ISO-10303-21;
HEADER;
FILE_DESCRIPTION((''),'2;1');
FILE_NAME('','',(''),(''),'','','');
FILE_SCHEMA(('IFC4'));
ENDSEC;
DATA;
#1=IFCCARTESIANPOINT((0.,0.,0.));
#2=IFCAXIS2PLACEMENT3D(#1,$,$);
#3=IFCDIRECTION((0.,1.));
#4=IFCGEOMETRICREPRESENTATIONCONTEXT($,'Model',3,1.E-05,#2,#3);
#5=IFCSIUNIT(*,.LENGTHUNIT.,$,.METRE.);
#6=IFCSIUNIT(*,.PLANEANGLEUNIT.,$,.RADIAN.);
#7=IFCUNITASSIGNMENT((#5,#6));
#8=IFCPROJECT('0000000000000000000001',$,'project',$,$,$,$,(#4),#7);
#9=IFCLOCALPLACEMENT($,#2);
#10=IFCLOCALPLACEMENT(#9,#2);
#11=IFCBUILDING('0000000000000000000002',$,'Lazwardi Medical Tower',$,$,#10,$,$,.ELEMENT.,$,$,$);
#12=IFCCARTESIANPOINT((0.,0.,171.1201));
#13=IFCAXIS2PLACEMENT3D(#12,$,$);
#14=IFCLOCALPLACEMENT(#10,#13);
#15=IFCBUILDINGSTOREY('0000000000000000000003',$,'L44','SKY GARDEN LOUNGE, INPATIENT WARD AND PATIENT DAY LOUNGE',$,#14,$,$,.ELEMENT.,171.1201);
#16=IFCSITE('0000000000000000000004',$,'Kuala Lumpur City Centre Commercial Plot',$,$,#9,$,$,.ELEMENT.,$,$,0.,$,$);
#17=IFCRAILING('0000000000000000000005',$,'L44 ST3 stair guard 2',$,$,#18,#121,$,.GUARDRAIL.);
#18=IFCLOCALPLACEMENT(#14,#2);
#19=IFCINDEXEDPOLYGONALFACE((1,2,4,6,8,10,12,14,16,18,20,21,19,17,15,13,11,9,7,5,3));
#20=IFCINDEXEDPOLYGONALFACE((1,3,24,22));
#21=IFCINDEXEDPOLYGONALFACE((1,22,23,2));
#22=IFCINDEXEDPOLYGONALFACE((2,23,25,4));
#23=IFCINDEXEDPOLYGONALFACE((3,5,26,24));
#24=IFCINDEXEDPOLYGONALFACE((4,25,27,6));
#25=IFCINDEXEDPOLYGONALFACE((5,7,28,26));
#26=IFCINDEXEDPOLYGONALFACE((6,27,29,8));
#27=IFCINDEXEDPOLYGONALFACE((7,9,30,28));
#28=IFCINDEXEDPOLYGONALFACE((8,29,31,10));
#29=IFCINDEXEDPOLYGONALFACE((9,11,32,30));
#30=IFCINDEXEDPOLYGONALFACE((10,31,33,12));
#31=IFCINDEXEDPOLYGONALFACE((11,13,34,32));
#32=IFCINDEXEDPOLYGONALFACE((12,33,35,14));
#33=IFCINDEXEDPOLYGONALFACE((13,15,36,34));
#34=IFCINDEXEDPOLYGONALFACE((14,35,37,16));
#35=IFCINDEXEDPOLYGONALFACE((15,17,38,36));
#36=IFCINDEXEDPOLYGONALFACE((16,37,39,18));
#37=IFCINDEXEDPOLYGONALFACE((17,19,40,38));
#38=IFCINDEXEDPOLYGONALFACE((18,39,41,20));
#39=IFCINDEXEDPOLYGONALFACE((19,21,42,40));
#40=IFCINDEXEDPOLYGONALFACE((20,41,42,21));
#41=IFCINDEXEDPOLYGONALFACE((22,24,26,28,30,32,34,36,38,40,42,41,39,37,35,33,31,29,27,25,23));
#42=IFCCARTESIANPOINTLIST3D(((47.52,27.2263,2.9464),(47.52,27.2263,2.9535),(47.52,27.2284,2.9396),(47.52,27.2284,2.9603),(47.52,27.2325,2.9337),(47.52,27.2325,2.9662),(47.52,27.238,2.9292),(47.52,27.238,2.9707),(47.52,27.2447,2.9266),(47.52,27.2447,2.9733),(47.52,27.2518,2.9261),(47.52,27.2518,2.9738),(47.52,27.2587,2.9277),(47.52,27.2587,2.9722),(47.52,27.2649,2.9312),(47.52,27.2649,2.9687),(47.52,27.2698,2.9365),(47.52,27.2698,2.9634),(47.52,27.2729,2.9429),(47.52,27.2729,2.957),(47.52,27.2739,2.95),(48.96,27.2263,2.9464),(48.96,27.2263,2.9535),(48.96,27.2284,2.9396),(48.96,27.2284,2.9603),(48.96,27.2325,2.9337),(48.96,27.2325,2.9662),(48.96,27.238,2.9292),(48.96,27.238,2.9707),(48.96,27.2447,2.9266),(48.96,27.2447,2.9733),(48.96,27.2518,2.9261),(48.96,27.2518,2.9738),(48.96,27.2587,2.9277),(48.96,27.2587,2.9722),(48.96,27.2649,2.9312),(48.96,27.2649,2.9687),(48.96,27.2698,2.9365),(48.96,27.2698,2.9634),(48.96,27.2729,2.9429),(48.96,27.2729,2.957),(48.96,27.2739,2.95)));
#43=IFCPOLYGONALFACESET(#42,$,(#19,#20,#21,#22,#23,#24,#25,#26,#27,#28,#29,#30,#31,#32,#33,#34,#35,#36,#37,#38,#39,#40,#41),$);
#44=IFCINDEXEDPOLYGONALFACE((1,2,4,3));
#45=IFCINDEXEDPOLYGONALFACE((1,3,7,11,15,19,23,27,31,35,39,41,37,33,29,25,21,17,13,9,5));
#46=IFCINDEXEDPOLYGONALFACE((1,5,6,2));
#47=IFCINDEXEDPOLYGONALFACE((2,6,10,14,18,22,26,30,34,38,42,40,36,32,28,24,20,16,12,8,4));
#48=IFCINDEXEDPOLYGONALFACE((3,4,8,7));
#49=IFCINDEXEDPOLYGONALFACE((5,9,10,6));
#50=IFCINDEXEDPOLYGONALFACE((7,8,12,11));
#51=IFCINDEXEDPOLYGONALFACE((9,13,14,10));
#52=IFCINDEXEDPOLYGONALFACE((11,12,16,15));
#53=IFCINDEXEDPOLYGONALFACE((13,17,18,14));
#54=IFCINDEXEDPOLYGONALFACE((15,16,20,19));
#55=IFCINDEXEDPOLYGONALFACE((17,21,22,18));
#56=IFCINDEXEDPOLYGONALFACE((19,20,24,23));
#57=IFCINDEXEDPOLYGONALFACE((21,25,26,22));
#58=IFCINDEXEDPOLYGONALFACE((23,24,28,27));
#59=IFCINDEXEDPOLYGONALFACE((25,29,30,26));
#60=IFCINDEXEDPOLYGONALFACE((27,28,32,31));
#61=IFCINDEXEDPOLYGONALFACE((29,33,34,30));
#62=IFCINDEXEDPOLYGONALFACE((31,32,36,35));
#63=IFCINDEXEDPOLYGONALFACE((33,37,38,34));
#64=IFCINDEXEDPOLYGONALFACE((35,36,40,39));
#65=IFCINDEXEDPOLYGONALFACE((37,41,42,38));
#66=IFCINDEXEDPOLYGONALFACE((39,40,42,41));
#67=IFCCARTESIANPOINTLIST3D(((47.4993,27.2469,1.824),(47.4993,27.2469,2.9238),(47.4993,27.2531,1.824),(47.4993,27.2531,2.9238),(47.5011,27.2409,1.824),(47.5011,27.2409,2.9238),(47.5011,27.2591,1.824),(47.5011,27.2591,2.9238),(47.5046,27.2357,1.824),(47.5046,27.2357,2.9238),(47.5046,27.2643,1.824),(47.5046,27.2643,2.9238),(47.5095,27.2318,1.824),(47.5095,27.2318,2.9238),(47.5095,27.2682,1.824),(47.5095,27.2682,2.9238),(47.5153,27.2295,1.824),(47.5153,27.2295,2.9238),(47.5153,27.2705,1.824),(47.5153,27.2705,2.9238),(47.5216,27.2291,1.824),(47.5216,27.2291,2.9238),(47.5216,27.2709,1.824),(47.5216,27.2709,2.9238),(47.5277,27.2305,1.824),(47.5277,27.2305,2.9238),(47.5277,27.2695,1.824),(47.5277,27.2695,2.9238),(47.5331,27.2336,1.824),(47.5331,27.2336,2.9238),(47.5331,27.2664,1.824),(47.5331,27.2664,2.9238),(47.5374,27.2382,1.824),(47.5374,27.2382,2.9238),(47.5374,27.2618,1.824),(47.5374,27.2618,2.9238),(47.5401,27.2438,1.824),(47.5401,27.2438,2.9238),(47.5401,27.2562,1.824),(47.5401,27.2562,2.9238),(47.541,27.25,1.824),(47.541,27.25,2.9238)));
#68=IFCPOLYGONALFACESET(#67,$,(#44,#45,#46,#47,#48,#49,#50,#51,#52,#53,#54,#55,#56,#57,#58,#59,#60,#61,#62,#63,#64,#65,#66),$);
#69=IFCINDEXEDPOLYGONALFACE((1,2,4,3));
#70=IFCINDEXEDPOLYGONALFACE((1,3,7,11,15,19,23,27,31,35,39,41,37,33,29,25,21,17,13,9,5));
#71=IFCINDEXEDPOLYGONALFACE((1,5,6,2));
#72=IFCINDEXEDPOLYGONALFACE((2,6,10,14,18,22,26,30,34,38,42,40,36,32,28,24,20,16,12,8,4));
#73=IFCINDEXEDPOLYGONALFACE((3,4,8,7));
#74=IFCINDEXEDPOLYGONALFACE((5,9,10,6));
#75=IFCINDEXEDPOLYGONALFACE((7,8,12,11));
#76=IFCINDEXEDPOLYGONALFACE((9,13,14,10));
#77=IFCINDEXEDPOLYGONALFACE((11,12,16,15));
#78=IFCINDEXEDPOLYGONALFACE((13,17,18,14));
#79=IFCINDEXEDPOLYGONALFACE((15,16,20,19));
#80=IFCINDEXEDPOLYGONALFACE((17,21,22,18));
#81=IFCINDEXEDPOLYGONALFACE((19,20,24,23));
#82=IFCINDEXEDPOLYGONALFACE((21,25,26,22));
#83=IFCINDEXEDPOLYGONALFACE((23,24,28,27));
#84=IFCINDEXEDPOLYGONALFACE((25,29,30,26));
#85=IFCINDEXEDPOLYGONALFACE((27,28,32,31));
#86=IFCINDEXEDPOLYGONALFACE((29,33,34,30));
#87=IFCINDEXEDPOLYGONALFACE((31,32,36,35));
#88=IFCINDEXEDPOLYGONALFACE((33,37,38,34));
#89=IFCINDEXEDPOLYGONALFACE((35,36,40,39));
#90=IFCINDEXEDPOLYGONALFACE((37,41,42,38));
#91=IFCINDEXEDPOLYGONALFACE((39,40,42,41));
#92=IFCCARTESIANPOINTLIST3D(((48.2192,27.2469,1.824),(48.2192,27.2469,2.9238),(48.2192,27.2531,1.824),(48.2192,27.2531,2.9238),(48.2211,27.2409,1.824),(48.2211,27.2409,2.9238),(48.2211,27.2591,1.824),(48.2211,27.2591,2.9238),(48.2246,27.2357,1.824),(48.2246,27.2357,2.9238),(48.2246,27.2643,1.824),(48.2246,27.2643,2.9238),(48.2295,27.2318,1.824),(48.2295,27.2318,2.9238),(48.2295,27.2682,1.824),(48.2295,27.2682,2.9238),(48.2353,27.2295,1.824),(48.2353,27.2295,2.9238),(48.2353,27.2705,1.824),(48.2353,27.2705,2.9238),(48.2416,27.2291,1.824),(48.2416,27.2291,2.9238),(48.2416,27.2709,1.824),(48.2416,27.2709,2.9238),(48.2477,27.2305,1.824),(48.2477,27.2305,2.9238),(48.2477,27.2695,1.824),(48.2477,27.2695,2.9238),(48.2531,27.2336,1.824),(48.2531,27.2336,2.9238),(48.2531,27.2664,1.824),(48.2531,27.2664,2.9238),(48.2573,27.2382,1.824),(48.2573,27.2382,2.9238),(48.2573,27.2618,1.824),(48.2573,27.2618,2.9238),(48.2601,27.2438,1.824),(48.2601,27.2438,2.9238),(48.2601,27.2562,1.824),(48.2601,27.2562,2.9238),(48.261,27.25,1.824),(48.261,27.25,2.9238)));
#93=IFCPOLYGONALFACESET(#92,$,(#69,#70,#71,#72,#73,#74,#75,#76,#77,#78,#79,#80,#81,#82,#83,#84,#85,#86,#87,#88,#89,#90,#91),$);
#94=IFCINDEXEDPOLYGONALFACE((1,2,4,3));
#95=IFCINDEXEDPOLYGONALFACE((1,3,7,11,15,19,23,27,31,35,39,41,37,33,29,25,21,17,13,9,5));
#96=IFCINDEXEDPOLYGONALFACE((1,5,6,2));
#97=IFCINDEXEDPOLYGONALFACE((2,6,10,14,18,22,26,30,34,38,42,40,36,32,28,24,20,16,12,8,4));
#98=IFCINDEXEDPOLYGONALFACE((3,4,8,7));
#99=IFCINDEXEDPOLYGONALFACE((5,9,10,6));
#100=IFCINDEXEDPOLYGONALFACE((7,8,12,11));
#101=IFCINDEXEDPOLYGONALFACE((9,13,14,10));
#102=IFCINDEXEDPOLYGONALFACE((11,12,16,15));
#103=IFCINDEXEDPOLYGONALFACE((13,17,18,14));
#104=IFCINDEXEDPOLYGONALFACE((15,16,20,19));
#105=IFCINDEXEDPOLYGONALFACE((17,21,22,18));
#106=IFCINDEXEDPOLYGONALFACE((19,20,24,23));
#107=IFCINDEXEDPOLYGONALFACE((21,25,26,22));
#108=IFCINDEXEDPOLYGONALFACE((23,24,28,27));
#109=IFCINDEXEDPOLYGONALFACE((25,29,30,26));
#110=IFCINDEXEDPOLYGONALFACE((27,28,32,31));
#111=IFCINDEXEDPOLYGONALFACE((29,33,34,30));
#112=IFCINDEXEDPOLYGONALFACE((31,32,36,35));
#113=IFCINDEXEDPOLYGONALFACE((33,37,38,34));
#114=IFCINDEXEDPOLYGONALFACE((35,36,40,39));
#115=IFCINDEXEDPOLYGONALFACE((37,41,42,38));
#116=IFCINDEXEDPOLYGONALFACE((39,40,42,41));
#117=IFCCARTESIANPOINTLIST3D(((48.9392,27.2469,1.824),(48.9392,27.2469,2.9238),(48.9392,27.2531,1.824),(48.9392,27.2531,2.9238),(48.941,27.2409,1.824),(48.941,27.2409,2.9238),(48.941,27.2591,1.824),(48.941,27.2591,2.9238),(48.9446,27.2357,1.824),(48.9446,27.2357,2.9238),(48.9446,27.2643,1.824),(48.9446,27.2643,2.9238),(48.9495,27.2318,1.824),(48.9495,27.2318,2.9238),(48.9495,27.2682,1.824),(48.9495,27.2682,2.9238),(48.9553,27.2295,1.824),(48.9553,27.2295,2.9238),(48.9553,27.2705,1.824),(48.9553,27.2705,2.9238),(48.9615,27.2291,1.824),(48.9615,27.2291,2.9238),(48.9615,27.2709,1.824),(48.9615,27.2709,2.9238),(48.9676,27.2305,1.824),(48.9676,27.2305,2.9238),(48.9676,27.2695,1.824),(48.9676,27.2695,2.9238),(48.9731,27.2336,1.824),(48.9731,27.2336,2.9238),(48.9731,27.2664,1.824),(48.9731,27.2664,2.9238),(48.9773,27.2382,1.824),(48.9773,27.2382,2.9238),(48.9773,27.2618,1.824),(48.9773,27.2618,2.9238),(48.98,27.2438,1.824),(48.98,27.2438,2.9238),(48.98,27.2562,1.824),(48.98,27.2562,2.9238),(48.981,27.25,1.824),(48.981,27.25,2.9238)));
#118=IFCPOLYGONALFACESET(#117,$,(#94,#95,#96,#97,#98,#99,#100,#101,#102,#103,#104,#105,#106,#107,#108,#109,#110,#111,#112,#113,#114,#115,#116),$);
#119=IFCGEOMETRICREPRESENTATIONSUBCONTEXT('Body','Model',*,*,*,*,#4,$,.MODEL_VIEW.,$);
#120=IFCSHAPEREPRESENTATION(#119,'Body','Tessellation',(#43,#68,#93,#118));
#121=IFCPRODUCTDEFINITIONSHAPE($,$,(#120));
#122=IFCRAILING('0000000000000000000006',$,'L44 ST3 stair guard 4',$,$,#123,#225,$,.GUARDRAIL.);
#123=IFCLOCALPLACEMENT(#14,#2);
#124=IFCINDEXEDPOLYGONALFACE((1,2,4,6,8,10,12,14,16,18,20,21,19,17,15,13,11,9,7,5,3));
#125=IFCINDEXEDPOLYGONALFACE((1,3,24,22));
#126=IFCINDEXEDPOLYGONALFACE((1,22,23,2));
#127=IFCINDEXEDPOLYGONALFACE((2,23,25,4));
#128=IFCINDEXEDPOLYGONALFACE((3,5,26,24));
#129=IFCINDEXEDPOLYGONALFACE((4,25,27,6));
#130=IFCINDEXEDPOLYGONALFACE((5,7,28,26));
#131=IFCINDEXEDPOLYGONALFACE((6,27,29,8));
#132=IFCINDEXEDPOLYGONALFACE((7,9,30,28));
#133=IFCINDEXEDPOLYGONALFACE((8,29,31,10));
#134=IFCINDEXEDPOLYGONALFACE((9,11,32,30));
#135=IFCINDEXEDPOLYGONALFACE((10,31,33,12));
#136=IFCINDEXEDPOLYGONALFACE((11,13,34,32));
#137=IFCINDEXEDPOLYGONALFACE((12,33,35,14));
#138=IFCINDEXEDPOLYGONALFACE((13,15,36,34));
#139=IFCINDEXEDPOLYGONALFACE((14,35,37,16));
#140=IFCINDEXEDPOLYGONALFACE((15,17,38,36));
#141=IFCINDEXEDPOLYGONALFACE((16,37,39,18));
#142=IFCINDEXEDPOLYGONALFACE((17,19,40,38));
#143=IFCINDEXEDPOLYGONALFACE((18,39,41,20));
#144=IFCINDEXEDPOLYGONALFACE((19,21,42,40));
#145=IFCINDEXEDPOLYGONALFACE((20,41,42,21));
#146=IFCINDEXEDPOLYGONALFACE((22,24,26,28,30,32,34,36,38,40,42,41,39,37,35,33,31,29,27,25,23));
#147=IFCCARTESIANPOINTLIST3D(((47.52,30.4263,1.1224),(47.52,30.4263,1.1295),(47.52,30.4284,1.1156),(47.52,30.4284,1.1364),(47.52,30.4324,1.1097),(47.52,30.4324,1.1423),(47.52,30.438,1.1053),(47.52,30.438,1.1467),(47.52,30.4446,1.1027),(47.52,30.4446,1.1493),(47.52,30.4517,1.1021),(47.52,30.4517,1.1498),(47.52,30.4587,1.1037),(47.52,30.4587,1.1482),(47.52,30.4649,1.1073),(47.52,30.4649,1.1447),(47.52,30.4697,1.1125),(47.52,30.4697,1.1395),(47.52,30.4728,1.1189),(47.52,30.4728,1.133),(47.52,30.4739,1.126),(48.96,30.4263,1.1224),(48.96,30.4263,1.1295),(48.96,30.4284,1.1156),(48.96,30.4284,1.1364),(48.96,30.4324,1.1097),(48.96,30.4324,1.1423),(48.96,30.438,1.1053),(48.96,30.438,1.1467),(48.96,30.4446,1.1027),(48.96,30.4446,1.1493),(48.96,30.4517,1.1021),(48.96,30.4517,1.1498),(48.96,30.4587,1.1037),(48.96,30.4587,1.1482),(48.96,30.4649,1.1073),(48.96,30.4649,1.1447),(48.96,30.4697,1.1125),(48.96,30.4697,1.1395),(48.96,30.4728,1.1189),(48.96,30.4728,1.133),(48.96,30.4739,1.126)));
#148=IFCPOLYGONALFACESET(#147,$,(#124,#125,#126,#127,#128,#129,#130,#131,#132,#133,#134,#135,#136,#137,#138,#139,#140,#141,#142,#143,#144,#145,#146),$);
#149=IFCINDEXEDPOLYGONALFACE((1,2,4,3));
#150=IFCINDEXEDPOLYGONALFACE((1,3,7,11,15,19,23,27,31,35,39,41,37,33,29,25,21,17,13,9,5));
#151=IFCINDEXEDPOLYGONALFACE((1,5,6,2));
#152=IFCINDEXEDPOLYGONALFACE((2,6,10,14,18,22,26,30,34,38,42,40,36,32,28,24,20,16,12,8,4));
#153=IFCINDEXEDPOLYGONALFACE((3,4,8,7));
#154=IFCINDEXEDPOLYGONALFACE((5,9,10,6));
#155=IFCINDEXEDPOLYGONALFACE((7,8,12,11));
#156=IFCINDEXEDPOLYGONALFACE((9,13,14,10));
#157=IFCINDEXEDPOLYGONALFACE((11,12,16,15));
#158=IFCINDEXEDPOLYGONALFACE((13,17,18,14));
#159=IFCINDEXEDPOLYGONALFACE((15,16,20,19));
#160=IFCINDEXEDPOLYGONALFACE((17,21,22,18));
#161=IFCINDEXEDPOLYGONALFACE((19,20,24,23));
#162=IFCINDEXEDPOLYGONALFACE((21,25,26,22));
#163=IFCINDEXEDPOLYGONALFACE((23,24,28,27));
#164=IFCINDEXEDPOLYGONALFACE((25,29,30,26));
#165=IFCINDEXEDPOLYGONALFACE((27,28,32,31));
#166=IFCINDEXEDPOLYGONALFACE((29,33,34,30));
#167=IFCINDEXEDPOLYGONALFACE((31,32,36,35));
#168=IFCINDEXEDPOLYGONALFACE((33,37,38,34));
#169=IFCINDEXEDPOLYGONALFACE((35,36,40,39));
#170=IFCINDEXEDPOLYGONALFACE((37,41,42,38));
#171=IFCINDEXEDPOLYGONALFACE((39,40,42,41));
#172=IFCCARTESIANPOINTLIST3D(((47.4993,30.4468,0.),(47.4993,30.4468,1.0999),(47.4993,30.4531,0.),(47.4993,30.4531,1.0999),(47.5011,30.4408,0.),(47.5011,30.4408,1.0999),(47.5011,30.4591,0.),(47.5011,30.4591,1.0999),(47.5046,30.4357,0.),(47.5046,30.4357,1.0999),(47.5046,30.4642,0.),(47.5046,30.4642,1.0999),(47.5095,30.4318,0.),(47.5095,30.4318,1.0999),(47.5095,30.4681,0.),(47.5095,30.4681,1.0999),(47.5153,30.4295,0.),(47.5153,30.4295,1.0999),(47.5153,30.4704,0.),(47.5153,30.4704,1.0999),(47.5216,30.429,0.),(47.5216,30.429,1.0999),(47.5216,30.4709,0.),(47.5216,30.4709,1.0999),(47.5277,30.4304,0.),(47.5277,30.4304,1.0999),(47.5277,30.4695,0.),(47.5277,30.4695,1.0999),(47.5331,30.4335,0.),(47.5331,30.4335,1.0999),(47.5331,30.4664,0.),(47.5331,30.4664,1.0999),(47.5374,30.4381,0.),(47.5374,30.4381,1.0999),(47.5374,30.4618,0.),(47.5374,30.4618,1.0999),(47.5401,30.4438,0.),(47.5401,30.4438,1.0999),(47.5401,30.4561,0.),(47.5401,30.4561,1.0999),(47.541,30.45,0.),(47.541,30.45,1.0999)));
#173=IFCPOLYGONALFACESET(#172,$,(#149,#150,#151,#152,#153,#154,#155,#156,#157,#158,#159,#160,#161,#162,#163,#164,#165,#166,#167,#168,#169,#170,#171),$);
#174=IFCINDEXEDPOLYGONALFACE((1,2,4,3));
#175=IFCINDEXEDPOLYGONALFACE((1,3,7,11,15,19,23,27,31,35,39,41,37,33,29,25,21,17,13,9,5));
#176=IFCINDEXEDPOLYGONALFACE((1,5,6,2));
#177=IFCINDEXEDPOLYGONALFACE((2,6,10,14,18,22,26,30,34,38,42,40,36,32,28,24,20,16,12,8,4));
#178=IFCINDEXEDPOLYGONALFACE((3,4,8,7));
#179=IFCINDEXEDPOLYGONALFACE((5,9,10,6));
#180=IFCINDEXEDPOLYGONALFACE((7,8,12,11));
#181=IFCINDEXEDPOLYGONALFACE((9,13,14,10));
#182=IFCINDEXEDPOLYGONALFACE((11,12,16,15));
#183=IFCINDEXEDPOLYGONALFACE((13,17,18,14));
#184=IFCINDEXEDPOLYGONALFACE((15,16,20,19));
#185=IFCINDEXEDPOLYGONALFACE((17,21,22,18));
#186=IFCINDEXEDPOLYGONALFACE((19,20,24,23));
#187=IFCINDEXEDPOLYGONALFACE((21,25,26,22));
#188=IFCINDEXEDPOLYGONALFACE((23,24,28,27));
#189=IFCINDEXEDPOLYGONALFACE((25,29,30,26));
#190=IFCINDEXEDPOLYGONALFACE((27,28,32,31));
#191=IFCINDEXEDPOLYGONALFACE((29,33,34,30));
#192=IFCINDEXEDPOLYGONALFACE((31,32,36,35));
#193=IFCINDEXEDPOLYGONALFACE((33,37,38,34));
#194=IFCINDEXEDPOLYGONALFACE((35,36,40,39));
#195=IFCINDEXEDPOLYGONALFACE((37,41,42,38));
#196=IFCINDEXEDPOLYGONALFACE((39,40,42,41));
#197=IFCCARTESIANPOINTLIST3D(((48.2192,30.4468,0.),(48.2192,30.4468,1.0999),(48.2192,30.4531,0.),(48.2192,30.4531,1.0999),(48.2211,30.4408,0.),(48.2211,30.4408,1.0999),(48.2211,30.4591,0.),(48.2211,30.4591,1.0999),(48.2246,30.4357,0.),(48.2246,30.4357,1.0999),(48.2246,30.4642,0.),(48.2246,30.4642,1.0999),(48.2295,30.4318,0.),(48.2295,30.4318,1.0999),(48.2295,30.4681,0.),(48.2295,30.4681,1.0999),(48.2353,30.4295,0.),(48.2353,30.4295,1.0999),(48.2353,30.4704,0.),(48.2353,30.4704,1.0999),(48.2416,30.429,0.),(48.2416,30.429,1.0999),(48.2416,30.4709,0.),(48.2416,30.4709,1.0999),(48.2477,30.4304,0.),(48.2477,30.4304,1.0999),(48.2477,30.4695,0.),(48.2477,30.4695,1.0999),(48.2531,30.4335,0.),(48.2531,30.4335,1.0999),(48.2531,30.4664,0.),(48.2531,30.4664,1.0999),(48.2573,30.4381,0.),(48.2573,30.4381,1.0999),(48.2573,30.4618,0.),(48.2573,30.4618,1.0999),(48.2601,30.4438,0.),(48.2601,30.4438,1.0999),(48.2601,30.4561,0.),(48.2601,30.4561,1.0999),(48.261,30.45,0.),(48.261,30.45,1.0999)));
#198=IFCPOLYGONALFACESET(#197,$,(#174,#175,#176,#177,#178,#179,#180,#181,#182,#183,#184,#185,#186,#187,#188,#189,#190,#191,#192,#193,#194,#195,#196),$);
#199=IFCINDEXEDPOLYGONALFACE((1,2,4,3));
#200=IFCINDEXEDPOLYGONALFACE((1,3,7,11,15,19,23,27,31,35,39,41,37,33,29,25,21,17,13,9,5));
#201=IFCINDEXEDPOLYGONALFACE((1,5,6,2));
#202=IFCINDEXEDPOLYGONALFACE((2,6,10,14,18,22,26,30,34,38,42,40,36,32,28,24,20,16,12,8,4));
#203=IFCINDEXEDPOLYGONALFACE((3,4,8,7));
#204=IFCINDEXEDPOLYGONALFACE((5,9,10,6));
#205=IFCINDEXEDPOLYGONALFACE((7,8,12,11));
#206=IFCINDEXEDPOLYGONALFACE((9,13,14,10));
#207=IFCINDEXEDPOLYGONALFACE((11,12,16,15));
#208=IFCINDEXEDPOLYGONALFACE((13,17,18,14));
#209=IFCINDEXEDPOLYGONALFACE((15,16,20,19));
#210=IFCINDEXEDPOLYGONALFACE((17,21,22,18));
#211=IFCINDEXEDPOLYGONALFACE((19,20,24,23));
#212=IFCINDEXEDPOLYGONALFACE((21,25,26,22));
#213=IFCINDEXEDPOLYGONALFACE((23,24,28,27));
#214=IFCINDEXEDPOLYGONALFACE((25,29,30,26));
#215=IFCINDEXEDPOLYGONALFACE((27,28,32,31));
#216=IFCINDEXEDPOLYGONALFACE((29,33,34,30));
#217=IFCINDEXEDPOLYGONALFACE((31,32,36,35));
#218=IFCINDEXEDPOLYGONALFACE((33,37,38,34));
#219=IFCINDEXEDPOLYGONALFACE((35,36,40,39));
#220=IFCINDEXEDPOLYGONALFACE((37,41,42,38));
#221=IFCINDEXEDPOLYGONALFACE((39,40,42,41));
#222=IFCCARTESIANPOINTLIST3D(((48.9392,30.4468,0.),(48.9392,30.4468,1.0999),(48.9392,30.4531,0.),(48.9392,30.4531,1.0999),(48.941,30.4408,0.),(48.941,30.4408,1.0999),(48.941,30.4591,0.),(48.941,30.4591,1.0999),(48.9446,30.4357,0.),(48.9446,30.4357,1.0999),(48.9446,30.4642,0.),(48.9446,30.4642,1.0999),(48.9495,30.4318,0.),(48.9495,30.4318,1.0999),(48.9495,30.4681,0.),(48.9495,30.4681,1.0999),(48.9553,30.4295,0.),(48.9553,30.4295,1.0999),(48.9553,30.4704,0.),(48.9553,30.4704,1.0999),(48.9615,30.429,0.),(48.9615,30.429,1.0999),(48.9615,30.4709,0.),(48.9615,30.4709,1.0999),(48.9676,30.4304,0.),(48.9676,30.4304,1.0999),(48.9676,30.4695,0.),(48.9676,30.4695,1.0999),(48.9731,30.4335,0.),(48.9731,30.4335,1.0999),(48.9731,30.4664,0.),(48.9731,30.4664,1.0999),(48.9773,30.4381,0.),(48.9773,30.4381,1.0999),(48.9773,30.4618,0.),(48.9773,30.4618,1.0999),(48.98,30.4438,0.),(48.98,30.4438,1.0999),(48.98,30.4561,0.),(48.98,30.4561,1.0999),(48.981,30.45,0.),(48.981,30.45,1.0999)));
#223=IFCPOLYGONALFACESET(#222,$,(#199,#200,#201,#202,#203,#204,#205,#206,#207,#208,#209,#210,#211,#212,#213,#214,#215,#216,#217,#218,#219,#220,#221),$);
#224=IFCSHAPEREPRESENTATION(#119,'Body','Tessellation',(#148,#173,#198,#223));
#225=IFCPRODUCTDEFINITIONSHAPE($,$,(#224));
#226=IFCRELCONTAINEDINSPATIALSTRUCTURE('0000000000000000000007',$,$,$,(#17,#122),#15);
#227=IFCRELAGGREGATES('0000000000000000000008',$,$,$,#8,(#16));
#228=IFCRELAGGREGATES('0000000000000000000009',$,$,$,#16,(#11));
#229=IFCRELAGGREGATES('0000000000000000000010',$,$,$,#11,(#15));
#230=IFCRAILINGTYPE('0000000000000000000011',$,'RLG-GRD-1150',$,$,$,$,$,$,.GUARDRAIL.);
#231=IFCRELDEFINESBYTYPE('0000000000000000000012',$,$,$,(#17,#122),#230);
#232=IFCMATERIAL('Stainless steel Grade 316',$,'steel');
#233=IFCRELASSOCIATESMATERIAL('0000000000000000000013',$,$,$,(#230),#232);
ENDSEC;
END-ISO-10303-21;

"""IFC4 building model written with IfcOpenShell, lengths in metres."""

from ifc_helpers import new_model, si_unit, direction, frame, origin, origin_2d, place, context, subcontext, project, spatial, circle, extrude, material, type_object, element, save


model = new_model("IFC4")

# Units and contexts
model_context = context("Model", 3, precision=1e-05, world=origin(), true_north=direction((0.0, 1.0)))
body_context = subcontext(model_context, "Body", "Model", "MODEL_VIEW")
ifc_project = project(units=[si_unit("LENGTHUNIT", "METRE"), si_unit("PLANEANGLEUNIT", "RADIAN")], contexts=[model_context])

# Site, building, storey
site_placement = place(None, origin())
site = spatial("IfcSite", under=ifc_project, at=site_placement, Name="Kuala Lumpur City Centre Commercial Plot", CompositionType="ELEMENT", RefElevation=0.0)
building_placement = place(site_placement, origin())
building = spatial("IfcBuilding", under=site, at=building_placement, Name="Lazwardi Medical Tower", CompositionType="ELEMENT")
storey_placement = place(building_placement, frame((0.0, 0.0, 171.1201)))
storey = spatial("IfcBuildingStorey", under=building, at=storey_placement, Name="L44", Description="SKY GARDEN LOUNGE, INPATIENT WARD AND PATIENT DAY LOUNGE", CompositionType="ELEMENT", Elevation=171.1201)

# Railings
ifc_material_1 = material(Name="Stainless steel Grade 316", Category="steel")
railing_type_1 = type_object("IfcRailingType", Name="RLG-GRD-1150", PredefinedType="GUARDRAIL", material=ifc_material_1)
for number, where, name in (
    (1, (47.52, 27.25, 1.824), "L44 ST3 stair guard 2"),
    (2, (47.52, 30.45, 0.0), "L44 ST3 stair guard 4"),
):
    element("IfcRailing", number, at=place(storey_placement, frame(where)), inside=storey, type_object=railing_type_1, Name=name, PredefinedType="GUARDRAIL", context=body_context, shape_type="SweptSolid", body=[
        extrude(circle(Radius=0.0239, at=origin_2d()), frame((0.0, 0.0, 1.126), z_axis=(1.0, 0.0, 0.0), x_axis=(0.0, 1.0, 0.0)), (0.0, 0.0, 1.0), 1.4399),
        extrude(circle(Radius=0.021, at=origin_2d()), origin(), (0.0, 0.0, 1.0), 1.0999),
        extrude(circle(Radius=0.021, at=origin_2d()), frame((0.72, 0.0, 0.0)), (0.0, 0.0, 1.0), 1.0999),
        extrude(circle(Radius=0.021, at=origin_2d()), frame((1.4399, 0.0, 0.0)), (0.0, 0.0, 1.0), 1.0999),
    ])

save(model, "model.ifc")
